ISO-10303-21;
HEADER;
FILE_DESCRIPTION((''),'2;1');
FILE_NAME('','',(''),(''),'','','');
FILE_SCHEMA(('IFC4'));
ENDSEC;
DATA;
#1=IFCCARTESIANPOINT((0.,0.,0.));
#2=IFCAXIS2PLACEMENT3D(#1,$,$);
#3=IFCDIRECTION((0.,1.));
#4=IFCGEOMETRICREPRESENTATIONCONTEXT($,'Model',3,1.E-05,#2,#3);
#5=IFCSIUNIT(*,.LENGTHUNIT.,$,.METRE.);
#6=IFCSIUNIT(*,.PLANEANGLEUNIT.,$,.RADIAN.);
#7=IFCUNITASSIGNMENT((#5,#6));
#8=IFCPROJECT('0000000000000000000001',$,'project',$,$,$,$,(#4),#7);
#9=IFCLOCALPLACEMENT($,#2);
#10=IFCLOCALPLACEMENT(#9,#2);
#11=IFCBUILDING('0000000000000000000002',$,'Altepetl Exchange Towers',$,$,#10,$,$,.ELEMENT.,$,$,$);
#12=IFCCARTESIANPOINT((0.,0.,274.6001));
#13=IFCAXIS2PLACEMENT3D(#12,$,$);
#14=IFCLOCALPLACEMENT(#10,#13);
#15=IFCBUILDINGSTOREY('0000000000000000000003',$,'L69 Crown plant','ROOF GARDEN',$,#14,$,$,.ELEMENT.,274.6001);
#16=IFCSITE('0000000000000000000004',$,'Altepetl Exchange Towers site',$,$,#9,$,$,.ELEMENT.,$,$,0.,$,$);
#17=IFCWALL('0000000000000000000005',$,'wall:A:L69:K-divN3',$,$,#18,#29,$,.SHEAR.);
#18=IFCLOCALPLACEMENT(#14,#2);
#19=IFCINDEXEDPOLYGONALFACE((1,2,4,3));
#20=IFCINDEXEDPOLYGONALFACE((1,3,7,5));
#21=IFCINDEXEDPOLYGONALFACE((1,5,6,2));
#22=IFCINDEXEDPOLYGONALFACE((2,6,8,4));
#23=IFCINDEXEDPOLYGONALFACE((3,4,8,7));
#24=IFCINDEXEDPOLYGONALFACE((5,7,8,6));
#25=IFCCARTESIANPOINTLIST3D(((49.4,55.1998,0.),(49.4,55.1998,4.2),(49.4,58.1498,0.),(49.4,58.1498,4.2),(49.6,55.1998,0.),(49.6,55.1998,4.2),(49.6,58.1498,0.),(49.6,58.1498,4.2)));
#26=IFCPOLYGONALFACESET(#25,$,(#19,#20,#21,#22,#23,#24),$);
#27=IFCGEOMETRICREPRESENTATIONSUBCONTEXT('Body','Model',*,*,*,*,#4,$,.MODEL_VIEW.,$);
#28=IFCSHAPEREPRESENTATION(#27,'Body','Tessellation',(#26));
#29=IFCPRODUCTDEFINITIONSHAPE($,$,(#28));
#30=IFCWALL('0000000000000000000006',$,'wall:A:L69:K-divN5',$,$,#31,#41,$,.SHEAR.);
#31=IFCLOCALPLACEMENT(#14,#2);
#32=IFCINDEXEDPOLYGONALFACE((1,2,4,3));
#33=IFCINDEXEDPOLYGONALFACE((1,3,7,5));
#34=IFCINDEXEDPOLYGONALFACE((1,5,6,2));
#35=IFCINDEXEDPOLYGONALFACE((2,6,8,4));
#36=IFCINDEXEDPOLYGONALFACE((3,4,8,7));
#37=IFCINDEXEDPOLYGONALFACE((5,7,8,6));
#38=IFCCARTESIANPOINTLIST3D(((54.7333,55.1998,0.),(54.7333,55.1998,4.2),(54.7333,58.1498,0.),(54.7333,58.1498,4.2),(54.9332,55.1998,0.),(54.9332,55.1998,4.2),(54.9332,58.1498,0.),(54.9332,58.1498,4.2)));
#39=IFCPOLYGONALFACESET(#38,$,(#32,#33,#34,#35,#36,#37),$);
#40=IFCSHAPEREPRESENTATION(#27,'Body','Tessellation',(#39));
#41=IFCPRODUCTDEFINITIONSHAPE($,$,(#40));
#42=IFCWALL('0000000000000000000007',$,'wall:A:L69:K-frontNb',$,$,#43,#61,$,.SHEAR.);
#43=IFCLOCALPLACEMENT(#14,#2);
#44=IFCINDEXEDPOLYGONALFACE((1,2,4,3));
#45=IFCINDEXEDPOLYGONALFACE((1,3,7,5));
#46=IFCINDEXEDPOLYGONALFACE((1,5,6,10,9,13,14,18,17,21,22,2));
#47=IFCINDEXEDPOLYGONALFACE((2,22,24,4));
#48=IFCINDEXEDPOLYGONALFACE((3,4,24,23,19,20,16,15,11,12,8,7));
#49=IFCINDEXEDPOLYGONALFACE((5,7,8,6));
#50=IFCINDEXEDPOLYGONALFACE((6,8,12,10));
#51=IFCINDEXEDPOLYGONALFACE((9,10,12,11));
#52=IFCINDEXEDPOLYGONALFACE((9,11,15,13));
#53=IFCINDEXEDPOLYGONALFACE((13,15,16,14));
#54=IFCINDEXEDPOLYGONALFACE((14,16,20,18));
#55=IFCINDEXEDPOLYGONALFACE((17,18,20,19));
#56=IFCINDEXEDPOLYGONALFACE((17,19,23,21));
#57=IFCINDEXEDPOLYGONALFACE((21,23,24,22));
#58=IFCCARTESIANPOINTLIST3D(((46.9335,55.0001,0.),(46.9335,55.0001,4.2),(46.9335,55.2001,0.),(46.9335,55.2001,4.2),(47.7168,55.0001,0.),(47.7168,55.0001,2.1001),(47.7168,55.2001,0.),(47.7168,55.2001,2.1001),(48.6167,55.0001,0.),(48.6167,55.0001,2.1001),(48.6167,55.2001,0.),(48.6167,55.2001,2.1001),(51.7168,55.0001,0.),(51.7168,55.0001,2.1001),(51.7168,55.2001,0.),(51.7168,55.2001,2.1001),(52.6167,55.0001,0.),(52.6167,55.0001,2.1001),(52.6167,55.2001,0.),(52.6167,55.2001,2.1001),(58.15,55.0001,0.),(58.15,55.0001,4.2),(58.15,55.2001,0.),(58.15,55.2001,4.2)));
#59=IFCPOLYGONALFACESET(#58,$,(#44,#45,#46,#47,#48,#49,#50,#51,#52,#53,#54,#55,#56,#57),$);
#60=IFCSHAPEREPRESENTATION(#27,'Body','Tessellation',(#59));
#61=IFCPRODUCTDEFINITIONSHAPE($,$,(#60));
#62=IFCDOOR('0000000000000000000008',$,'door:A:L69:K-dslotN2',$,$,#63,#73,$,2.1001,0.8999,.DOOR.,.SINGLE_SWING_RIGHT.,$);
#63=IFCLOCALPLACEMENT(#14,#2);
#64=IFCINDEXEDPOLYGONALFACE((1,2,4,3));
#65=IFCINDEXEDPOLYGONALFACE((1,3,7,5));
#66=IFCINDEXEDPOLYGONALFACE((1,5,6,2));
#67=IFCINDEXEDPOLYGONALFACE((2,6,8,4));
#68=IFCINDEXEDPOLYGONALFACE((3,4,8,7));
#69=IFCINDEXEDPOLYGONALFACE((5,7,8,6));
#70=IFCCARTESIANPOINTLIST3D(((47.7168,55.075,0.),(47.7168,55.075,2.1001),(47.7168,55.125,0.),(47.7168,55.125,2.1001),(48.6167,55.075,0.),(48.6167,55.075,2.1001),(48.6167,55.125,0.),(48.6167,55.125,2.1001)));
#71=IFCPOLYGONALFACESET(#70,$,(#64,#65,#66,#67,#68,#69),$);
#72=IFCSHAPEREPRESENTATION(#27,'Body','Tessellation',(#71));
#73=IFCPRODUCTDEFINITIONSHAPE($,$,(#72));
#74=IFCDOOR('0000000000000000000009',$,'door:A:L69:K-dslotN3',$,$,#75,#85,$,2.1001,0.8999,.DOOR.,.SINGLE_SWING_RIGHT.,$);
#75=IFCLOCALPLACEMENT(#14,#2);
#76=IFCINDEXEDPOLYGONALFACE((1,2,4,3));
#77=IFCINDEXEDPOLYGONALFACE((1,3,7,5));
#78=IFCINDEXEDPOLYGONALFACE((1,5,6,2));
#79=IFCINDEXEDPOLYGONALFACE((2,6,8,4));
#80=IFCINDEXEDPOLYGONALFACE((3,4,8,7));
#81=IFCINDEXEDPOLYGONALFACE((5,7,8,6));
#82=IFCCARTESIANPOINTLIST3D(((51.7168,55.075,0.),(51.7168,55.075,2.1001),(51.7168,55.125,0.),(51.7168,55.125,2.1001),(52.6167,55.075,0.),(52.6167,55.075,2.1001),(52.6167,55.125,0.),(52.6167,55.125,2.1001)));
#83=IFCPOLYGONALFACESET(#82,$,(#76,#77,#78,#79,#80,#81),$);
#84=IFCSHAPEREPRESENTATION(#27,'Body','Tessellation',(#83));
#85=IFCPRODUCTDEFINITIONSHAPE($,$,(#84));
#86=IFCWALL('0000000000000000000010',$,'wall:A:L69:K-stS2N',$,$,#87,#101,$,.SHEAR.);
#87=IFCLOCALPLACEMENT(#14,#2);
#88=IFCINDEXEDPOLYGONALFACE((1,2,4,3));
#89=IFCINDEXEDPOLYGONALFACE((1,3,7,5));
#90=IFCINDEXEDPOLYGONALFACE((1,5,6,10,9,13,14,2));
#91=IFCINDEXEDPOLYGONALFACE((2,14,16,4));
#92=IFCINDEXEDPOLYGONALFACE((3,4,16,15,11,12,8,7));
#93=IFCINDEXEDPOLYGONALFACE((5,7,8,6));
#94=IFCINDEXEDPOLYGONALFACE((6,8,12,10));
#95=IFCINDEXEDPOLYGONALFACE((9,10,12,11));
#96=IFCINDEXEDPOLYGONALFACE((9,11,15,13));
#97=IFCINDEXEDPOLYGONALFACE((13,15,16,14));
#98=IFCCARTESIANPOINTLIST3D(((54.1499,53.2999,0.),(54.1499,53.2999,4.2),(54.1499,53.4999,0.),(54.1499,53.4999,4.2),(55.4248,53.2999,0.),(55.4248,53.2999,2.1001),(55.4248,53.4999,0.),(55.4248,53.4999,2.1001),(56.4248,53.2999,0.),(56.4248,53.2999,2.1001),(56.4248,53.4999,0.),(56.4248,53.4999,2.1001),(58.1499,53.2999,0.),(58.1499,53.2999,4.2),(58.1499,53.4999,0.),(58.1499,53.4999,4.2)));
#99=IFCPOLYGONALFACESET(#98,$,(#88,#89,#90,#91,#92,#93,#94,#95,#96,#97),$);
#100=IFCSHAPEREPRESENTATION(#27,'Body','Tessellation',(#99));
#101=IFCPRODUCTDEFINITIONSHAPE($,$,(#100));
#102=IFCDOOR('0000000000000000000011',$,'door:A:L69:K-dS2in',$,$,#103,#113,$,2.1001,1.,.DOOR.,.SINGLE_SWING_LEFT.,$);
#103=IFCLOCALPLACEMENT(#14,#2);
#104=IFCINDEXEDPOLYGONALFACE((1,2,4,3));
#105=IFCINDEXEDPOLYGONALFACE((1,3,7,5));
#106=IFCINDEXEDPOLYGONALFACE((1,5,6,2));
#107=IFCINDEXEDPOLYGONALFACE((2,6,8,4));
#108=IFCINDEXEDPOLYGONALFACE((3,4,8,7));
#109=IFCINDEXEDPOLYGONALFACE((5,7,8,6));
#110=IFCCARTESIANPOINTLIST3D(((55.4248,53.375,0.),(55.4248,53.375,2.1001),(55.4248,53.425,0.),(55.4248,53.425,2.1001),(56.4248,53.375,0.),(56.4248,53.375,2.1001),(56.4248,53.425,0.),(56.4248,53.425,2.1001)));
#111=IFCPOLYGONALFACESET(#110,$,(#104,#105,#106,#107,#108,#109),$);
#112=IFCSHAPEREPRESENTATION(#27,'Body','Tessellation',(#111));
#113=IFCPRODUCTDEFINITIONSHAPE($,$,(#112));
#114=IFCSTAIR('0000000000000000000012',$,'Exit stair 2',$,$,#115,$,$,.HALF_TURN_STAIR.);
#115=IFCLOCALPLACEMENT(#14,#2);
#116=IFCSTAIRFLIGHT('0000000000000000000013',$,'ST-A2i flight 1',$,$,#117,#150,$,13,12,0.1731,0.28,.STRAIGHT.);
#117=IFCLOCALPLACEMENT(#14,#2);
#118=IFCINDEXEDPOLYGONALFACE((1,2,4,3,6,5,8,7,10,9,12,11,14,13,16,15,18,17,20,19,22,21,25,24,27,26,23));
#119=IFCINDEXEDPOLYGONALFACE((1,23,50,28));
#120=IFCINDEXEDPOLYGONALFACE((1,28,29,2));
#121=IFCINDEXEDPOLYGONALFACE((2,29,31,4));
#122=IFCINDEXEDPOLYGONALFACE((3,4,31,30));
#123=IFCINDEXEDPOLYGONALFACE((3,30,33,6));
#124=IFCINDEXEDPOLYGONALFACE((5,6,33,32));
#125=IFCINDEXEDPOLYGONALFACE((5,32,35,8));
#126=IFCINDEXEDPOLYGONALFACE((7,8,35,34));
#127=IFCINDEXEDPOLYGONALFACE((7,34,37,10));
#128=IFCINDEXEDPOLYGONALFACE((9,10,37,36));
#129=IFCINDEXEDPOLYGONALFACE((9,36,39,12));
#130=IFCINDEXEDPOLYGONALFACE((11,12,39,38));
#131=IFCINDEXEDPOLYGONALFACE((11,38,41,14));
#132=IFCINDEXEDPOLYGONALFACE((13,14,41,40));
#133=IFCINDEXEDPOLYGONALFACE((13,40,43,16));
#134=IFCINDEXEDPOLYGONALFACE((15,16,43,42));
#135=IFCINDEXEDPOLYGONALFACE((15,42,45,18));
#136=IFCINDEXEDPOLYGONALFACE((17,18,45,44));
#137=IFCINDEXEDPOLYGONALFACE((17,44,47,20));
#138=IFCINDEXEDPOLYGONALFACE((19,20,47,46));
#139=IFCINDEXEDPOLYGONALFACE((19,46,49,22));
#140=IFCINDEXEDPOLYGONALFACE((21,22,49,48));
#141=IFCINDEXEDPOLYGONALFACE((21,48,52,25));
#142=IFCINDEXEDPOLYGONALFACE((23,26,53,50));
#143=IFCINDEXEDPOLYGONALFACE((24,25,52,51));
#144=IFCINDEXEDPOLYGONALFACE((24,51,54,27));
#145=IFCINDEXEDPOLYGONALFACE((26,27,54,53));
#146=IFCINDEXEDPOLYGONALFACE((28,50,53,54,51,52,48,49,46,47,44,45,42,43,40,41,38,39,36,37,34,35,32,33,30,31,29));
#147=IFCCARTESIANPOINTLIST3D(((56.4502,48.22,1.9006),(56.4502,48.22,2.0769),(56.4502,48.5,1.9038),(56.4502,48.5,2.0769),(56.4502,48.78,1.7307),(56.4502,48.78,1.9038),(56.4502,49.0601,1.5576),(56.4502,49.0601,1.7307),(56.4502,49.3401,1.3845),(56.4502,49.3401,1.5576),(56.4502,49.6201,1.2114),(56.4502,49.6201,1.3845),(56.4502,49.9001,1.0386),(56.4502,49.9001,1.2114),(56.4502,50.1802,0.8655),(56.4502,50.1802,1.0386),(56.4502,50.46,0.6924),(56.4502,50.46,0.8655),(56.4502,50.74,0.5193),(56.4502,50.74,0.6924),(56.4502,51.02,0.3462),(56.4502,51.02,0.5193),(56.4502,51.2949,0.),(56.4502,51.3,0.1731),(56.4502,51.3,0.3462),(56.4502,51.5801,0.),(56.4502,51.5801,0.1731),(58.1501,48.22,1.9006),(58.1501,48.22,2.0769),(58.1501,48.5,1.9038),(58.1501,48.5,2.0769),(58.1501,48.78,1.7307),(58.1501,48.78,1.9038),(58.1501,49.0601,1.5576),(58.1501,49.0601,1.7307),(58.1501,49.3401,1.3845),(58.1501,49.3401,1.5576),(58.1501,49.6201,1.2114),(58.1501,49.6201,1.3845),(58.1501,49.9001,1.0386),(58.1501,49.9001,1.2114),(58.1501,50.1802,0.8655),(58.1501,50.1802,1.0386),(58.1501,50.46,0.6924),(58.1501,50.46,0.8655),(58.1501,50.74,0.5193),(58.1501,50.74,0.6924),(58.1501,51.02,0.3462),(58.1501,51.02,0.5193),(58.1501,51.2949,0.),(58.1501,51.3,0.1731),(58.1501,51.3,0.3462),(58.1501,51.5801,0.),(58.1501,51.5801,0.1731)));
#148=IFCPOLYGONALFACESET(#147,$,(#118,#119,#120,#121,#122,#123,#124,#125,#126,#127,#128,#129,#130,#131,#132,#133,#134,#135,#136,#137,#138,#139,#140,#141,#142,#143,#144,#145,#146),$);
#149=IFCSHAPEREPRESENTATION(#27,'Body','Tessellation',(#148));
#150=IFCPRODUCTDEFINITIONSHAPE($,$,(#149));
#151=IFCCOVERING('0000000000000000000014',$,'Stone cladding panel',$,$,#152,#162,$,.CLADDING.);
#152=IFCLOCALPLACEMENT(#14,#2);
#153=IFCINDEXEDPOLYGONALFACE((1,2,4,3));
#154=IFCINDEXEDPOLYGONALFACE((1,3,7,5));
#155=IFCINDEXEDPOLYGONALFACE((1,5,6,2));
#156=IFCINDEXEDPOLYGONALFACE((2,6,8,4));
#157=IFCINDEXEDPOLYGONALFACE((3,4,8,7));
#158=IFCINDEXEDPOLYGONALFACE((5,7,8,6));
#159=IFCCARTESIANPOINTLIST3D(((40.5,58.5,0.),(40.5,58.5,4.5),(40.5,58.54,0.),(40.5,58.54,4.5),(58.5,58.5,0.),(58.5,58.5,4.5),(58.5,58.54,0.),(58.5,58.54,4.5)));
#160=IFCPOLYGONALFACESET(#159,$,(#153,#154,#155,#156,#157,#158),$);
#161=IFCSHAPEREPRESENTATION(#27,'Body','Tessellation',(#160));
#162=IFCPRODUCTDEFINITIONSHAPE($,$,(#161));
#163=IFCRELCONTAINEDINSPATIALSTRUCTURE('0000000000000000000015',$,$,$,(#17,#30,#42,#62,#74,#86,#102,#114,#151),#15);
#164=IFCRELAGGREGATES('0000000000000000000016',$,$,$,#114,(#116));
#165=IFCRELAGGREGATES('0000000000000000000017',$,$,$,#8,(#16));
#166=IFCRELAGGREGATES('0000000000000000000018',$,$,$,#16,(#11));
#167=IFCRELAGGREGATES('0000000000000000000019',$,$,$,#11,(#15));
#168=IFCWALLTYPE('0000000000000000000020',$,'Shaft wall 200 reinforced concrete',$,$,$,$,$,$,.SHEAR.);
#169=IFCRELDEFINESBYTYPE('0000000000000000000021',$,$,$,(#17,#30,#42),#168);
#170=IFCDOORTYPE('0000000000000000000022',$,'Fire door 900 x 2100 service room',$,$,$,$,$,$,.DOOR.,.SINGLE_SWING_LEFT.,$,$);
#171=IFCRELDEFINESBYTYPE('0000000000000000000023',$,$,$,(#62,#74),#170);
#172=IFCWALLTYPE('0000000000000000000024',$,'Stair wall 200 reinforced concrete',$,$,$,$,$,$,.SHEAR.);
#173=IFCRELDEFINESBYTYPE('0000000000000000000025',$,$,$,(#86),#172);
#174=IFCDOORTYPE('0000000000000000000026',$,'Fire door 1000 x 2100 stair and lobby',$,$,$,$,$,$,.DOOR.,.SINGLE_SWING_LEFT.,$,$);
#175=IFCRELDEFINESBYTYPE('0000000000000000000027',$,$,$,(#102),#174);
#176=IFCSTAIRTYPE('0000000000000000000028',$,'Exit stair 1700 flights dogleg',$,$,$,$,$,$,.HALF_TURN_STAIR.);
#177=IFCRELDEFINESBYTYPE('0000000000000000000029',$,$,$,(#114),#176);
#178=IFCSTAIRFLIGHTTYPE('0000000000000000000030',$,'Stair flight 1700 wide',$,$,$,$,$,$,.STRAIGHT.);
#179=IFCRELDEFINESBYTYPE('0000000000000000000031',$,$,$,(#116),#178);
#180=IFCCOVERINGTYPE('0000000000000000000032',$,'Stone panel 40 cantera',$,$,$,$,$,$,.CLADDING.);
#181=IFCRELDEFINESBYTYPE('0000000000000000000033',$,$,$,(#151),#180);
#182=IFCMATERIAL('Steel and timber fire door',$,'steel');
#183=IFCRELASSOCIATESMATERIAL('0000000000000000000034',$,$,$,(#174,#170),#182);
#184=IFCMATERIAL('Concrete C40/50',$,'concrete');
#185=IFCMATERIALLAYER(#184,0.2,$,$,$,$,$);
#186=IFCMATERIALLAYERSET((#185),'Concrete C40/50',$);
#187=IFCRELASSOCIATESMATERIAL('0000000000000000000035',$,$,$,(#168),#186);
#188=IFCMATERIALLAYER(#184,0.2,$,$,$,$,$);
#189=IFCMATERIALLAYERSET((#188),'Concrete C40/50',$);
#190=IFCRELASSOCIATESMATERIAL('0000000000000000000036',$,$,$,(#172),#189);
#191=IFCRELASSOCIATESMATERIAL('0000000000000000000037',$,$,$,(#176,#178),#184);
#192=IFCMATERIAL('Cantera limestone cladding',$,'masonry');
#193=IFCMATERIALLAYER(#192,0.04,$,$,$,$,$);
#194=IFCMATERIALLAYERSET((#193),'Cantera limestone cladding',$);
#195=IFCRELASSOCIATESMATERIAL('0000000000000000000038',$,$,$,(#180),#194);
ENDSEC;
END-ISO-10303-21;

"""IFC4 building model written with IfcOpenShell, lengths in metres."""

from ifc_helpers import new_model, si_unit, direction, frame, frame_2d, origin, origin_2d, place, context, subcontext, project, spatial, polyline, rectangle, outline, extrude, material, layer, layer_set, type_object, element, fill, aggregate, save


model = new_model("IFC4")

# Units and contexts
model_context = context("Model", 3, precision=1e-05, world=origin(), true_north=direction((0.0, 1.0)))
body_context = subcontext(model_context, "Body", "Model", "MODEL_VIEW")
ifc_project = project(units=[si_unit("LENGTHUNIT", "METRE"), si_unit("PLANEANGLEUNIT", "RADIAN")], contexts=[model_context])

# Site, building, storey
site_placement = place(None, origin())
site = spatial("IfcSite", under=ifc_project, at=site_placement, Name="Altepetl Exchange Towers site", CompositionType="ELEMENT", RefElevation=0.0)
building_placement = place(site_placement, origin())
building = spatial("IfcBuilding", under=site, at=building_placement, Name="Altepetl Exchange Towers", CompositionType="ELEMENT")
storey_placement = place(building_placement, frame((0.0, 0.0, 274.6001)))
storey = spatial("IfcBuildingStorey", under=building, at=storey_placement, Name="L69 Crown plant", Description="ROOF GARDEN", CompositionType="ELEMENT", Elevation=274.6001)

# Shared definitions
ifc_material_1 = material(Name="Steel and timber fire door", Category="steel")
door_type_1 = type_object("IfcDoorType", Name="Fire door 1000 x 2100 stair and lobby", OperationType="SINGLE_SWING_LEFT", PredefinedType="DOOR", material=ifc_material_1)

# Walls
ifc_material_2 = material(Name="Concrete C40/50", Category="concrete")
ifc_layer_1 = layer(ifc_material_2, 0.2)
ifc_layer_set_1 = layer_set([ifc_layer_1], Name="Concrete C40/50")
wall_type_1 = type_object("IfcWallType", Name="Shaft wall 200 reinforced concrete", PredefinedType="SHEAR", material=ifc_layer_set_1)
for number, where, z_axis, x_axis, name in (
    (1, (49.5, 58.1499, 0.0), (0.0, 0.0, 1.0), (0.0, -1.0, 0.0), "wall:A:L69:K-divN3"),
    (2, (54.8333, 58.1499, 0.0), (0.0, 0.0, 1.0), (0.0, -1.0, 0.0), "wall:A:L69:K-divN5"),
):
    element("IfcWall", number, at=place(storey_placement, frame(where, z_axis=z_axis, x_axis=x_axis)), inside=storey, type_object=wall_type_1, Name=name, PredefinedType="SHEAR", context=body_context, shape_type="SweptSolid", body=[
        extrude(rectangle(XDim=2.95, YDim=0.2, at=frame_2d((1.4751, 0.0))), origin(), (0.0, 0.0, 1.0), 4.2),
    ])

# Wall, openings, doors
wall_1_placement = place(storey_placement, frame((46.9333, 55.1001, 0.0)))
wall_1 = element("IfcWall", 3, at=wall_1_placement, inside=storey, type_object=wall_type_1, Name="wall:A:L69:K-frontNb", PredefinedType="SHEAR", context=body_context, shape_type="SweptSolid", body=[
    extrude(rectangle(XDim=11.2166, YDim=0.2, at=frame_2d((5.6084, 0.0))), origin(), (0.0, 0.0, 1.0), 4.2),
])
opening_1_placement = place(wall_1_placement, frame((0.7834, 0.0, 0.0)))
opening_1 = element("IfcOpeningElement", 4, at=opening_1_placement, cuts=wall_1, PredefinedType="OPENING", context=body_context, shape_type="SweptSolid", body=[
    extrude(rectangle(XDim=0.8999, YDim=2.1001, at=frame_2d((0.45, 1.05))), frame((0.0, 0.1099, 0.0), z_axis=(0.0, -1.0, 0.0), x_axis=(1.0, 0.0, 0.0)), (0.0, 0.0, 1.0), 0.22),
])
opening_2_placement = place(wall_1_placement, frame((4.7834, 0.0, 0.0)))
opening_2 = element("IfcOpeningElement", 5, at=opening_2_placement, cuts=wall_1, PredefinedType="OPENING", context=body_context, shape_type="SweptSolid", body=[
    extrude(rectangle(XDim=0.8999, YDim=2.1001, at=frame_2d((0.45, 1.05))), frame((0.0, 0.1099, 0.0), z_axis=(0.0, -1.0, 0.0), x_axis=(1.0, 0.0, 0.0)), (0.0, 0.0, 1.0), 0.22),
])
door_type_2 = type_object("IfcDoorType", Name="Fire door 900 x 2100 service room", OperationType="SINGLE_SWING_LEFT", PredefinedType="DOOR", material=ifc_material_1)
door_1_placement = place(opening_1_placement, origin())
door_1 = element("IfcDoor", 6, at=door_1_placement, inside=storey, type_object=door_type_2, Name="door:A:L69:K-dslotN2", OperationType="SINGLE_SWING_RIGHT", OverallHeight=2.1001, OverallWidth=0.8999, PredefinedType="DOOR", context=body_context, shape_type="SweptSolid", body=[
    extrude(rectangle(XDim=0.8999, YDim=2.1001, at=frame_2d((0.45, 1.05))), frame((0.0, 0.0249, 0.0), z_axis=(0.0, -1.0, 0.0), x_axis=(1.0, 0.0, 0.0)), (0.0, 0.0, 1.0), 0.05),
])
fill(opening_1, door_1)
door_2_placement = place(opening_2_placement, origin())
door_2 = element("IfcDoor", 7, at=door_2_placement, inside=storey, type_object=door_type_2, Name="door:A:L69:K-dslotN3", OperationType="SINGLE_SWING_RIGHT", OverallHeight=2.1001, OverallWidth=0.8999, PredefinedType="DOOR", context=body_context, shape_type="SweptSolid", body=[
    extrude(rectangle(XDim=0.8999, YDim=2.1001, at=frame_2d((0.45, 1.05))), frame((0.0, 0.0249, 0.0), z_axis=(0.0, -1.0, 0.0), x_axis=(1.0, 0.0, 0.0)), (0.0, 0.0, 1.0), 0.05),
])
fill(opening_2, door_2)

# Wall, opening, door
ifc_layer_2 = layer(ifc_material_2, 0.2)
ifc_layer_set_2 = layer_set([ifc_layer_2], Name="Concrete C40/50")
wall_type_2 = type_object("IfcWallType", Name="Stair wall 200 reinforced concrete", PredefinedType="SHEAR", material=ifc_layer_set_2)
wall_2_placement = place(storey_placement, frame((54.1499, 53.3999, 0.0)))
wall_2 = element("IfcWall", 8, at=wall_2_placement, inside=storey, type_object=wall_type_2, Name="wall:A:L69:K-stS2N", PredefinedType="SHEAR", context=body_context, shape_type="SweptSolid", body=[
    extrude(rectangle(XDim=4.0, YDim=0.2, at=frame_2d((2.0, 0.0))), origin(), (0.0, 0.0, 1.0), 4.2),
])
opening_3_placement = place(wall_2_placement, frame((1.2749, 0.0, 0.0)))
opening_3 = element("IfcOpeningElement", 9, at=opening_3_placement, cuts=wall_2, PredefinedType="OPENING", context=body_context, shape_type="SweptSolid", body=[
    extrude(rectangle(XDim=1.0, YDim=2.1001, at=frame_2d((0.5, 1.05))), frame((0.0, 0.1099, 0.0), z_axis=(0.0, -1.0, 0.0), x_axis=(1.0, 0.0, 0.0)), (0.0, 0.0, 1.0), 0.22),
])
door_3_placement = place(opening_3_placement, frame((1.0, 0.0, 0.0), x_axis=(-1.0, 0.0, 0.0)))
door_3 = element("IfcDoor", 10, at=door_3_placement, inside=storey, type_object=door_type_1, Name="door:A:L69:K-dS2in", OperationType="SINGLE_SWING_LEFT", OverallHeight=2.1001, OverallWidth=1.0, PredefinedType="DOOR", context=body_context, shape_type="SweptSolid", body=[
    extrude(rectangle(XDim=1.0, YDim=2.1001, at=frame_2d((0.5, 1.05))), frame((0.0, 0.0249, 0.0), z_axis=(0.0, -1.0, 0.0), x_axis=(1.0, 0.0, 0.0)), (0.0, 0.0, 1.0), 0.05),
])
fill(opening_3, door_3)

# Stair, stair flight
stair_type = type_object("IfcStairType", Name="Exit stair 1700 flights dogleg", PredefinedType="HALF_TURN_STAIR", material=ifc_material_2)
stair_placement = place(storey_placement, origin())
stair = element("IfcStair", 11, at=stair_placement, inside=storey, type_object=stair_type, Name="Exit stair 2", PredefinedType="HALF_TURN_STAIR")
stair_flight_type = type_object("IfcStairFlightType", Name="Stair flight 1700 wide", PredefinedType="STRAIGHT", material=ifc_material_2)
stair_flight_placement = place(storey_placement, frame((57.3, 51.5801, 0.0), z_axis=(0.0, 0.0, 1.0), x_axis=(0.0, -1.0, 0.0)))
stair_flight = element("IfcStairFlight", 12, at=stair_flight_placement, type_object=stair_flight_type, Name="ST-A2i flight 1", NumberOfRisers=13, NumberOfTreads=12, PredefinedType="STRAIGHT", RiserHeight=0.1731, TreadLength=0.28, context=body_context, shape_type="SweptSolid", body=[
    extrude(outline(polyline([(0.0, 0.0), (0.0, 0.1731), (0.28, 0.1731), (0.28, 0.3462), (0.5601, 0.3462), (0.5601, 0.5193), (0.8401, 0.5193), (0.8401, 0.6924), (1.1201, 0.6924), (1.1201, 0.8655), (1.3999, 0.8655), (1.3999, 1.0386), (1.6799, 1.0386), (1.6799, 1.2114), (1.96, 1.2114), (1.96, 1.3845), (2.24, 1.3845), (2.24, 1.5576), (2.52, 1.5576), (2.52, 1.7307), (2.8, 1.7307), (2.8, 1.9038), (3.0801, 1.9038), (3.0801, 2.0769), (3.3601, 2.0769), (3.3601, 2.25), (3.3601, 1.9006), (0.2852, 0.0), (0.0, 0.0)])), frame((0.0, 0.8501, 0.0), z_axis=(0.0, -1.0, 0.0), x_axis=(1.0, 0.0, 0.0)), (0.0, 0.0, 1.0), 1.7),
])
aggregate(stair, [stair_flight])

# Covering
ifc_material_3 = material(Name="Cantera limestone cladding", Category="masonry")
ifc_layer_3 = layer(ifc_material_3, 0.04)
ifc_layer_set_3 = layer_set([ifc_layer_3], Name="Cantera limestone cladding")
covering_type = type_object("IfcCoveringType", Name="Stone panel 40 cantera", PredefinedType="CLADDING", material=ifc_layer_set_3)
covering_placement = place(storey_placement, frame((49.5, 58.52, 0.0), z_axis=(0.0, 0.0, 1.0), x_axis=(-1.0, 0.0, 0.0)))
element("IfcCovering", 13, at=covering_placement, inside=storey, type_object=covering_type, Name="Stone cladding panel", PredefinedType="CLADDING", context=body_context, shape_type="SweptSolid", body=[
    extrude(rectangle(XDim=18.0, YDim=0.04, at=origin_2d()), origin(), (0.0, 0.0, 1.0), 4.5),
])

save(model, "model.ifc")
